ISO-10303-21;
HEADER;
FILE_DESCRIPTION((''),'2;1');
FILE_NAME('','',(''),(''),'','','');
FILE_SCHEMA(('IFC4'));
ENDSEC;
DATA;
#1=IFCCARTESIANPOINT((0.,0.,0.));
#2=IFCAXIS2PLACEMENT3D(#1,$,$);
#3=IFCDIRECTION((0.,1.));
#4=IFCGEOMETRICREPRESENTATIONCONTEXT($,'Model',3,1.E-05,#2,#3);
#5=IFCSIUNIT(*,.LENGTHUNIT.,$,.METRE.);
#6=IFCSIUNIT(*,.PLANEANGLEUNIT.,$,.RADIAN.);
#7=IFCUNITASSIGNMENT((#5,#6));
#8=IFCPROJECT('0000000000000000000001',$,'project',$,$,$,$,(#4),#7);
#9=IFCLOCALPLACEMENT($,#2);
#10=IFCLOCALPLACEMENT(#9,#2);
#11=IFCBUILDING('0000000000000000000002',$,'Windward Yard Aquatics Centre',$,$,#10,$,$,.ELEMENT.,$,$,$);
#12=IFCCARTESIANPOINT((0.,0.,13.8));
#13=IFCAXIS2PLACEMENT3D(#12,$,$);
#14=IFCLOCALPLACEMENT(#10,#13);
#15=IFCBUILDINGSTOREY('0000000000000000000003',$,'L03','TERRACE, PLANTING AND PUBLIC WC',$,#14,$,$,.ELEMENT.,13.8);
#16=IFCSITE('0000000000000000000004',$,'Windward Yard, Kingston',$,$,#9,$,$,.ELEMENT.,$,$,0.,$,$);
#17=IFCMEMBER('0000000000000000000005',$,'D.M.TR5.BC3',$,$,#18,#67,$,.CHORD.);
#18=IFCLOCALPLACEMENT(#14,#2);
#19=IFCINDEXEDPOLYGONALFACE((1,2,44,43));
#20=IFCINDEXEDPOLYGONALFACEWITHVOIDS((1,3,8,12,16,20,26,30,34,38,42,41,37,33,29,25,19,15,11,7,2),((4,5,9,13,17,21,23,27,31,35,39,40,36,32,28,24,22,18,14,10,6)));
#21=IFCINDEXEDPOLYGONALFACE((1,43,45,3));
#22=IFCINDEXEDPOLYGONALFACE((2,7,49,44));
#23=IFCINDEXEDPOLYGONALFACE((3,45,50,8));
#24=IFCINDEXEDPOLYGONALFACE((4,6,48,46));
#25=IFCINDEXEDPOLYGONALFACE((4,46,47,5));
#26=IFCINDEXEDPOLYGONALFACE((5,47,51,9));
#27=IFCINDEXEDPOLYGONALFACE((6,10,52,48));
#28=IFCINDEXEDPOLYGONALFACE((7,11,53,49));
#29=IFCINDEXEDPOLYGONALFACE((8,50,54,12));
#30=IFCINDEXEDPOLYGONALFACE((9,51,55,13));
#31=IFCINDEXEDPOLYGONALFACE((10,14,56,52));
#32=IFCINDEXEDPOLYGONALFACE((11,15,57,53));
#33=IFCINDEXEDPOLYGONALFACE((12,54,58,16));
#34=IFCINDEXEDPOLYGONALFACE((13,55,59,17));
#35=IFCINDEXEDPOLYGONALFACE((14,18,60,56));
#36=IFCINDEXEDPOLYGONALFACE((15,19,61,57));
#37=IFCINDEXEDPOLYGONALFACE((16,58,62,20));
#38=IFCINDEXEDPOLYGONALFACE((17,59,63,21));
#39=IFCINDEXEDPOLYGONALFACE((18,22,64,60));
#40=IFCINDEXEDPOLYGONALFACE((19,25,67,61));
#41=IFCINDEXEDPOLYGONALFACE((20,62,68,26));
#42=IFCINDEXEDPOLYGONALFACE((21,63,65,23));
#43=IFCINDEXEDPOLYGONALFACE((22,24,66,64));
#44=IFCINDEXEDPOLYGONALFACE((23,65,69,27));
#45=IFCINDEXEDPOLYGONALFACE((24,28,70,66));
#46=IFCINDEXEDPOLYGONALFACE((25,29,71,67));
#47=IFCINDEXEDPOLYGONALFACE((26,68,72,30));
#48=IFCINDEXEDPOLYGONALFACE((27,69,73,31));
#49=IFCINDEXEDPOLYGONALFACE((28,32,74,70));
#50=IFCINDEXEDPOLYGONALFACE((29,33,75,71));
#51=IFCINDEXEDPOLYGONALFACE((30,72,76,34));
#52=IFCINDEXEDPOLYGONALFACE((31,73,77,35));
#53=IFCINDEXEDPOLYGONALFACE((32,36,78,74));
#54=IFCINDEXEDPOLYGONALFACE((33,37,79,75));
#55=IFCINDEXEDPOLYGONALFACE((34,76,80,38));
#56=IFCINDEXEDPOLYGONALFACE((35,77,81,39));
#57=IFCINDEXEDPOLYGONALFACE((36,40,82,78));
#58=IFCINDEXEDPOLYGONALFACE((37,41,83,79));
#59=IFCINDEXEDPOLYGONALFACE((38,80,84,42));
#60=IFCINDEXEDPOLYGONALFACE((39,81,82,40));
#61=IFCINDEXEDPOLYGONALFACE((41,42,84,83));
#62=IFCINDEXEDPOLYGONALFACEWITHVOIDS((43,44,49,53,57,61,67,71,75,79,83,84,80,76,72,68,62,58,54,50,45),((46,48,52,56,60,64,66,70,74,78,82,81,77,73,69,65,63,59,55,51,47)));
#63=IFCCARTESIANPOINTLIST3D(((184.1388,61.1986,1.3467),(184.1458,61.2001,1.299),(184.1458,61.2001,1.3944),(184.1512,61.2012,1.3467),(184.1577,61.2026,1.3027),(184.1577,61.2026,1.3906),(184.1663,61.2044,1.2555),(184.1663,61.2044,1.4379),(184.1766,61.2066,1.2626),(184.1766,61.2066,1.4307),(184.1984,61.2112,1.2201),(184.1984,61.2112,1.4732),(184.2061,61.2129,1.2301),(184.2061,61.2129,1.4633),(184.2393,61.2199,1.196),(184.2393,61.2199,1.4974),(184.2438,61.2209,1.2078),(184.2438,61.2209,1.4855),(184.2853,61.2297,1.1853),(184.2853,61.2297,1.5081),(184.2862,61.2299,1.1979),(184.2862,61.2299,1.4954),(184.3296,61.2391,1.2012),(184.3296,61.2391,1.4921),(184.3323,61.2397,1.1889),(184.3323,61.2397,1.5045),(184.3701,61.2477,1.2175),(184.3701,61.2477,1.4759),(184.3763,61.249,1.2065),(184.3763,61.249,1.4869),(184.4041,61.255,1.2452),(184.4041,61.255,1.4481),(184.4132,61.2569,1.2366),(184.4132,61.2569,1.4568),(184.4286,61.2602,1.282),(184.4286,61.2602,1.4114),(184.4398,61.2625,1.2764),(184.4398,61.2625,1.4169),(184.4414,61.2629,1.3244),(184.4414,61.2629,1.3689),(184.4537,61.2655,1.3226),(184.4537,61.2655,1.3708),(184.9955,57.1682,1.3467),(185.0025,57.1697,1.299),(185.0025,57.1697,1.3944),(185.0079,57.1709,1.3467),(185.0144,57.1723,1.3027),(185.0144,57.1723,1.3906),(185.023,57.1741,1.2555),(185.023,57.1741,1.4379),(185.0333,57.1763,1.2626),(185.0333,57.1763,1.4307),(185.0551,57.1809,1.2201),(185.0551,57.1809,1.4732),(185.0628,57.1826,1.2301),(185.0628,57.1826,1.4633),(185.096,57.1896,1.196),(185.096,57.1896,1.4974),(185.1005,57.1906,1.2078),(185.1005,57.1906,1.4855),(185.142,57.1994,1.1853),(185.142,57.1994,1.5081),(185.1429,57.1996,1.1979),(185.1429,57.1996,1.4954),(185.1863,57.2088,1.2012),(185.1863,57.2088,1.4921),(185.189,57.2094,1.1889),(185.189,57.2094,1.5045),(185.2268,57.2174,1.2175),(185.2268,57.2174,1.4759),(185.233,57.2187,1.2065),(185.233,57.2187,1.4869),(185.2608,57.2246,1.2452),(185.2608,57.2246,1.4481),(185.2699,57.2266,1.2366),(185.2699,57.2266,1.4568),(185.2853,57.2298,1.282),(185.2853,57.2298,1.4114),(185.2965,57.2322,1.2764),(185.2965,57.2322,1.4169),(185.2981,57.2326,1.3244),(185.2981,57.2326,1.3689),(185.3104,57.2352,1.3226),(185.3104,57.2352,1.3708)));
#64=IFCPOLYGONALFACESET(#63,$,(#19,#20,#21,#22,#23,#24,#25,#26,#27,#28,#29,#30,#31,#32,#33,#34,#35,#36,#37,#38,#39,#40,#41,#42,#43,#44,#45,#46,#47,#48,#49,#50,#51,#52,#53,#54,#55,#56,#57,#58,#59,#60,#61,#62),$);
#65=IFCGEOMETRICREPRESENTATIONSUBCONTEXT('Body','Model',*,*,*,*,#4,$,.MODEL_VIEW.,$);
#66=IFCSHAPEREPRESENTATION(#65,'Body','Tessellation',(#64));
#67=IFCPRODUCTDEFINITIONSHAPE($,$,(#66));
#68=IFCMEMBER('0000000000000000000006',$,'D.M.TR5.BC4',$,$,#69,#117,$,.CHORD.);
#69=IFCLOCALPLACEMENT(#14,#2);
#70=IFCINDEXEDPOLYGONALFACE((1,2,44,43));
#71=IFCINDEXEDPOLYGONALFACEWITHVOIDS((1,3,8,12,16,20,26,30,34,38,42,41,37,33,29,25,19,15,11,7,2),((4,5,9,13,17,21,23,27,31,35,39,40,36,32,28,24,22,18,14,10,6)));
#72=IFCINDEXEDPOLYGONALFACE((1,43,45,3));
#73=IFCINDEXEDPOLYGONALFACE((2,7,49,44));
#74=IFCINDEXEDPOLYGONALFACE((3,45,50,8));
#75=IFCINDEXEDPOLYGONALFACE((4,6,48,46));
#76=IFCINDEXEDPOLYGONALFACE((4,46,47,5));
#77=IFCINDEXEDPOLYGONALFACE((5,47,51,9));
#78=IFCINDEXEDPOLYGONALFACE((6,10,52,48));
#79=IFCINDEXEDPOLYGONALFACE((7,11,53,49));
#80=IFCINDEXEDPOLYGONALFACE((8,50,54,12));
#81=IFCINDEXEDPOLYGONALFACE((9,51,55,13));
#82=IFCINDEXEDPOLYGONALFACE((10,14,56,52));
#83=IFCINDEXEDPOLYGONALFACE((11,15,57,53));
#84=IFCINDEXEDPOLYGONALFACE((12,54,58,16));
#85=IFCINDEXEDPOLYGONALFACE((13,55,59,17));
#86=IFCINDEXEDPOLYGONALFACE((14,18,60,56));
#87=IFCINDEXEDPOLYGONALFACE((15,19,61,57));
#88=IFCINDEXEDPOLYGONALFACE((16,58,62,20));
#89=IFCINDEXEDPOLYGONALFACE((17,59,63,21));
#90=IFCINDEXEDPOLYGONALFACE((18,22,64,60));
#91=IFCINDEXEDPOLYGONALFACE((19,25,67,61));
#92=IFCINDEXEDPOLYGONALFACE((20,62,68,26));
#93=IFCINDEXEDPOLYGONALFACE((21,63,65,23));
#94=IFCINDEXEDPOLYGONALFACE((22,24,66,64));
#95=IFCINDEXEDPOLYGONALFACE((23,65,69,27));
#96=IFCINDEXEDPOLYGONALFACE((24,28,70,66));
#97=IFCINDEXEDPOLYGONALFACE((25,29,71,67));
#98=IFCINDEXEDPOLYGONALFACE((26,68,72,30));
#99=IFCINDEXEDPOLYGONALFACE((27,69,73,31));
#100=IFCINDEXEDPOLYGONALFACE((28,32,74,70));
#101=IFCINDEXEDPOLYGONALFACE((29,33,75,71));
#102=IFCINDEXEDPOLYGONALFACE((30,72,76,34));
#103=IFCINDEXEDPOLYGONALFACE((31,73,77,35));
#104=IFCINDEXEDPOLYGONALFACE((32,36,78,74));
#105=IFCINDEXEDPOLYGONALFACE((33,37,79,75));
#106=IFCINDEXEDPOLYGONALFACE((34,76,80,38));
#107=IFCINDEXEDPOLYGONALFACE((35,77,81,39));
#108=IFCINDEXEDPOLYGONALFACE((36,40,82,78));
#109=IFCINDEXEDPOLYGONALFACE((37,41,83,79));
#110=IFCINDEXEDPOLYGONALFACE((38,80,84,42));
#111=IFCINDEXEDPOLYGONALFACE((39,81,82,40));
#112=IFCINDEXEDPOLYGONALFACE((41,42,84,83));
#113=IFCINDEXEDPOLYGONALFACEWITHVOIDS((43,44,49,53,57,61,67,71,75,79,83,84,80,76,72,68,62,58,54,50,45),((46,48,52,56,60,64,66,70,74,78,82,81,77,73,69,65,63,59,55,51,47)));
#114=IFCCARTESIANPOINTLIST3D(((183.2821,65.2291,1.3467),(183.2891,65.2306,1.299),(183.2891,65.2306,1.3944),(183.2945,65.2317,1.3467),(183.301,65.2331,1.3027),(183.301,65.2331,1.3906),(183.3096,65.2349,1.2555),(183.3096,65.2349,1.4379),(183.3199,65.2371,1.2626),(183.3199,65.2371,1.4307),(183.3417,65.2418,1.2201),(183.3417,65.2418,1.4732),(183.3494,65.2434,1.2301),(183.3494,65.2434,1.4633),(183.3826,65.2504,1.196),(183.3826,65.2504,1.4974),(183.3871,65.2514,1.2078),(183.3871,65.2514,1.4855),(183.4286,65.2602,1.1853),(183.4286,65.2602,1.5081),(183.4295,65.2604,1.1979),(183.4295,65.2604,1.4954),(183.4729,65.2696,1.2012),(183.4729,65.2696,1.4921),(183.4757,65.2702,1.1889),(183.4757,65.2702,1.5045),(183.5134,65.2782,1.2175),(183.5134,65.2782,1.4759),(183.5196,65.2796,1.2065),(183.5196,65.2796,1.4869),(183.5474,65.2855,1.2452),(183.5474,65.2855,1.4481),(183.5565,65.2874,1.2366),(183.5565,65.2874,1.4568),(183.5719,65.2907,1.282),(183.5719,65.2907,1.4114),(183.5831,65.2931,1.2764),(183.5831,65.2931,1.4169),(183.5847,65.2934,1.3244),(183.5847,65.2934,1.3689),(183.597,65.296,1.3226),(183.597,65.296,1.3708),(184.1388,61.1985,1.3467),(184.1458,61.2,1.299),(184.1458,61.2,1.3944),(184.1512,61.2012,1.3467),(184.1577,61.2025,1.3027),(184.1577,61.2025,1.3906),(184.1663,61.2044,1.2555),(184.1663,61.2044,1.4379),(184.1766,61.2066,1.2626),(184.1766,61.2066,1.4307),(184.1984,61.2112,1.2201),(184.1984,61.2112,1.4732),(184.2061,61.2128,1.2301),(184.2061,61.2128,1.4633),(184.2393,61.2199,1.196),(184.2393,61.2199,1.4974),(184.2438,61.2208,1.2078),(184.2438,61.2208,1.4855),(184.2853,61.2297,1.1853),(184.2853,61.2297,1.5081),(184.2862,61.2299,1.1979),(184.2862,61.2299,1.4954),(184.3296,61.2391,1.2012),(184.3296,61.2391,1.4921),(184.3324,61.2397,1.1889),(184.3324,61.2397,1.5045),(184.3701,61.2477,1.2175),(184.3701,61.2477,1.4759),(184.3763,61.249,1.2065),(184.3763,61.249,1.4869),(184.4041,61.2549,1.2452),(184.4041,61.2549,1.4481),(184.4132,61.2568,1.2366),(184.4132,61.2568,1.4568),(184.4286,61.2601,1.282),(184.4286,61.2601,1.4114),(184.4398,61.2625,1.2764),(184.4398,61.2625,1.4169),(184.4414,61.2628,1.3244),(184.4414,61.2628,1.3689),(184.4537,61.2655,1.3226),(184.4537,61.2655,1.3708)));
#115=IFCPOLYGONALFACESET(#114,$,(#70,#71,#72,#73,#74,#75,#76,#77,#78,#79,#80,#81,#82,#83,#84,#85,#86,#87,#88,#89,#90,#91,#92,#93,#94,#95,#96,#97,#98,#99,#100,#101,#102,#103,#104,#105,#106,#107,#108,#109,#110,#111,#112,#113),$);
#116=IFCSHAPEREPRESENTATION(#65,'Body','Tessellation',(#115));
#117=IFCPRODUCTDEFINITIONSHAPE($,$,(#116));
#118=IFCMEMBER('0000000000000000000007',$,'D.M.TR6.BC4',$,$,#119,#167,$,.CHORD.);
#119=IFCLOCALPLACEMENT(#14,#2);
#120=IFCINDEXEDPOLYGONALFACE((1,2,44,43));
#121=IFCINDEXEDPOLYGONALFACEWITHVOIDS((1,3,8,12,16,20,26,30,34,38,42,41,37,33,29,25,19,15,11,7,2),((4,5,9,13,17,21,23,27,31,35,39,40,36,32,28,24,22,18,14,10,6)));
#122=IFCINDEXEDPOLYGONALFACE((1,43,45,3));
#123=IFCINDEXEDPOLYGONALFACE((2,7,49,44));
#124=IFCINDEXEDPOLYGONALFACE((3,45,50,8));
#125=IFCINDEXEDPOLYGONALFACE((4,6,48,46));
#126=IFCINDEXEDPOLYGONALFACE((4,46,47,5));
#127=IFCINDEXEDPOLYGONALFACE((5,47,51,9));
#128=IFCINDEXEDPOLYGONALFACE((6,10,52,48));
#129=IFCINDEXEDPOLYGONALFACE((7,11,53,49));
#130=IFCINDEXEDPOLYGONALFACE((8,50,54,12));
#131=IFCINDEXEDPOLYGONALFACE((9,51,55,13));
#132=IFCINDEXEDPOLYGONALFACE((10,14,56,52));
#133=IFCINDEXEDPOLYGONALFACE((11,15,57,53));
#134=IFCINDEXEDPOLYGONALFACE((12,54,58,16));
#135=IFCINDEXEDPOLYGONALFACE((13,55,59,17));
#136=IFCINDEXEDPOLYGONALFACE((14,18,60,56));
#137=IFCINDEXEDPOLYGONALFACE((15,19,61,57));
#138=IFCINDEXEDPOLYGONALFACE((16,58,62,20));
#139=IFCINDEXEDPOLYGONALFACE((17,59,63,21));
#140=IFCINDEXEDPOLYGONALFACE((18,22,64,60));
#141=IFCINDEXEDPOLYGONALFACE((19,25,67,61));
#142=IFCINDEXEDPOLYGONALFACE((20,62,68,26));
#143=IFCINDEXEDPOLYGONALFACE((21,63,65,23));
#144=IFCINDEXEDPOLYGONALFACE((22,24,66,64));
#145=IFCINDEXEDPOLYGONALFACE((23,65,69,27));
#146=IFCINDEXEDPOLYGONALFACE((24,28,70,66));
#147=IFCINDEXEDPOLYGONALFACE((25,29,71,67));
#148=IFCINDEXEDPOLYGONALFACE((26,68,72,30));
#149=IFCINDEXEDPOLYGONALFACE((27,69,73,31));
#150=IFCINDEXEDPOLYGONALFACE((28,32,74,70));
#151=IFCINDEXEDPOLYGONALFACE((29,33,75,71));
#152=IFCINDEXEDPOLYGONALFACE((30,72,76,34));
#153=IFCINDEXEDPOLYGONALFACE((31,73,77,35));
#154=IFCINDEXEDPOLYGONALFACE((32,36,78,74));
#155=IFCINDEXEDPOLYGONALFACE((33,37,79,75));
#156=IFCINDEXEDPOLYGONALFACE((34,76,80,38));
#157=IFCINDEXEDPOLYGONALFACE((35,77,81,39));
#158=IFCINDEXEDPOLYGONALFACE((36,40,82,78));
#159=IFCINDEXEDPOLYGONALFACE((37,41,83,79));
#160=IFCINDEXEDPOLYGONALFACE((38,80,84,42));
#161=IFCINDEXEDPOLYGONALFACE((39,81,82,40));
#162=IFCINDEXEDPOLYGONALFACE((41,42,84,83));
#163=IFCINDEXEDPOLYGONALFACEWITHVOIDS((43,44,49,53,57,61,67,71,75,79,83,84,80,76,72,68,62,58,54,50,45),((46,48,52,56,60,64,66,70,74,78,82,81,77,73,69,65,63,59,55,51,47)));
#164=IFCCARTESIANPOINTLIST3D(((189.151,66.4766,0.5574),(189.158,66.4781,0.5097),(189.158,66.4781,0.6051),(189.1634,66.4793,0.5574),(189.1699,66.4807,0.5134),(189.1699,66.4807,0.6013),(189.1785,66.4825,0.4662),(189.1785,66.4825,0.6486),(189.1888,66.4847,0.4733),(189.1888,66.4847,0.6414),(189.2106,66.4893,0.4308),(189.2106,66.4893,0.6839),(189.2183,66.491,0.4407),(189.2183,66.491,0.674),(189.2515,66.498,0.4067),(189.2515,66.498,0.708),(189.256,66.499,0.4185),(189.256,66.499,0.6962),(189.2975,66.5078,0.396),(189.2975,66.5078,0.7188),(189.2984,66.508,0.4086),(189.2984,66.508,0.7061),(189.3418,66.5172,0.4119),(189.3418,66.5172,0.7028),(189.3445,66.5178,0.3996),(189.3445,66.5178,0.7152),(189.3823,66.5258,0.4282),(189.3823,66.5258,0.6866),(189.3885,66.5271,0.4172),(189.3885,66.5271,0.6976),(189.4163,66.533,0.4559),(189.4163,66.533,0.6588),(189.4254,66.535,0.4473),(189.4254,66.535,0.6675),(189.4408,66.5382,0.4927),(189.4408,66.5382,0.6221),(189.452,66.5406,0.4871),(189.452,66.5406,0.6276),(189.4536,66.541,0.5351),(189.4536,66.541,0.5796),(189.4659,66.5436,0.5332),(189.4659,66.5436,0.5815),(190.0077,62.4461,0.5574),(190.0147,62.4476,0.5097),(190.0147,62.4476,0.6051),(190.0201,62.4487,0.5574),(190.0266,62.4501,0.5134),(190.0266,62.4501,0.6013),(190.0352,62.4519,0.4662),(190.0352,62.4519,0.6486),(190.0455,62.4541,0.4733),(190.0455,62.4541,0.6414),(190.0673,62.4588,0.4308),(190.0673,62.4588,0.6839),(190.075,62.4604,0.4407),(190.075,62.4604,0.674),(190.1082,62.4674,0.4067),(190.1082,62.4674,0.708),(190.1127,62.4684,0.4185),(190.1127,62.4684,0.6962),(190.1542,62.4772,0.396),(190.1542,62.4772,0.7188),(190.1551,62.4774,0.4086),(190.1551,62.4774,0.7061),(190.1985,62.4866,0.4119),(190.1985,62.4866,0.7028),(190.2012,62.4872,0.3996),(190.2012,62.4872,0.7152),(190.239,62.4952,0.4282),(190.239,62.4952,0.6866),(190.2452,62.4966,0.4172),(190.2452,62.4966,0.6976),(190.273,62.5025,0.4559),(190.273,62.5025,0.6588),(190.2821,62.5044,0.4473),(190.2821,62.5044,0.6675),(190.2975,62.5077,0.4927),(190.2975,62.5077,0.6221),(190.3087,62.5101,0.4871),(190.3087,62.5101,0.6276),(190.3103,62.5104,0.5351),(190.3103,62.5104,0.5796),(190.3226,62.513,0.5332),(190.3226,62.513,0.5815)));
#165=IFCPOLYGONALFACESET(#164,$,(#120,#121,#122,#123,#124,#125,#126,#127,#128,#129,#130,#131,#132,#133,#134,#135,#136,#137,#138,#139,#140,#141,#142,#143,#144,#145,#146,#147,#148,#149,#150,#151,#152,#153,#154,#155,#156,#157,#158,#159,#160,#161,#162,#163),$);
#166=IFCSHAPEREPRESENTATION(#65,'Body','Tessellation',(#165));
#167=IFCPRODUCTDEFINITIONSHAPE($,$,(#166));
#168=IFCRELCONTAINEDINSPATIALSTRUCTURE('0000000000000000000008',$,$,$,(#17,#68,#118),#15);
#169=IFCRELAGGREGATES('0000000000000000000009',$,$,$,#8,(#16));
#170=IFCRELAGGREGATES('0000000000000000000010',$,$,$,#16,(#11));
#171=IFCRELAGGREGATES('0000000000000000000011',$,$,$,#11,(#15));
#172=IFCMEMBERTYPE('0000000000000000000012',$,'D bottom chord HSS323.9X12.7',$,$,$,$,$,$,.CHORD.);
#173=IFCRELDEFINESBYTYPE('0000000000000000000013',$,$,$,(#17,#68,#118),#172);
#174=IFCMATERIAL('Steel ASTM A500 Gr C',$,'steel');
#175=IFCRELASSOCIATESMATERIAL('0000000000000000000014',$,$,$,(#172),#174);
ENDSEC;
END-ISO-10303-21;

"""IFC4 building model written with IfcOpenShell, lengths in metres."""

from ifc_helpers import new_model, si_unit, direction, frame, origin, origin_2d, place, context, subcontext, project, spatial, hollow_circle, extrude, material, material_profile, profile_set, type_object, element, save


model = new_model("IFC4")

# Units and contexts
model_context = context("Model", 3, precision=1e-05, world=origin(), true_north=direction((0.0, 1.0)))
body_context = subcontext(model_context, "Body", "Model", "MODEL_VIEW")
ifc_project = project(units=[si_unit("LENGTHUNIT", "METRE"), si_unit("PLANEANGLEUNIT", "RADIAN")], contexts=[model_context])

# Site, building, storey
site_placement = place(None, origin())
site = spatial("IfcSite", under=ifc_project, at=site_placement, Name="Windward Yard, Kingston", CompositionType="ELEMENT", RefElevation=0.0)
building_placement = place(site_placement, origin())
building = spatial("IfcBuilding", under=site, at=building_placement, Name="Windward Yard Aquatics Centre", CompositionType="ELEMENT")
storey_placement = place(building_placement, frame((0.0, 0.0, 13.8)))
storey = spatial("IfcBuildingStorey", under=building, at=storey_placement, Name="L03", Description="TERRACE, PLANTING AND PUBLIC WC", CompositionType="ELEMENT", Elevation=13.8)

# Members
ifc_material_1 = material(Name="Steel ASTM A500 Gr C", Category="steel")
ifc_material_profile_1 = material_profile(ifc_material_1, hollow_circle(Radius=0.1619, WallThickness=0.0127, at=origin_2d()), Name="HSS323.9X12.7")
ifc_profile_set_1 = profile_set([ifc_material_profile_1], Name="Steel ASTM A500 Gr C")
member_type_1 = type_object("IfcMemberType", Name="D bottom chord HSS323.9X12.7", PredefinedType="CHORD", material=ifc_profile_set_1)
member_1_placement = place(storey_placement, frame((185.1538, 57.2019, 1.3467), z_axis=(-0.207918, 0.978146, 0.0), x_axis=(-0.978146, -0.207918, 0.0)))
element("IfcMember", 1, at=member_1_placement, inside=storey, type_object=member_type_1, Name="D.M.TR5.BC3", PredefinedType="CHORD", context=body_context, shape_type="SweptSolid", body=[
    extrude(hollow_circle(Radius=0.1619, WallThickness=0.0127, at=origin_2d()), origin(), (0.0, 0.0, 1.0), 4.1204),
])
for number, where, z_axis, x_axis, name in (
    (2, (184.2971, 61.2322, 1.3467), (-0.207906, 0.978149, 0.0), (-0.978149, -0.207906, 0.0), "D.M.TR5.BC4"),
    (3, (190.166, 62.4797, 0.5574), (-0.207906, 0.978149, 0.0), (-0.978149, -0.207906, 0.0), "D.M.TR6.BC4"),
):
    element("IfcMember", number, at=place(storey_placement, frame(where, z_axis=z_axis, x_axis=x_axis)), inside=storey, type_object=member_type_1, Name=name, PredefinedType="CHORD", context=body_context, shape_type="SweptSolid", body=[
        extrude(hollow_circle(Radius=0.1619, WallThickness=0.0127, at=origin_2d()), origin(), (0.0, 0.0, 1.0), 4.1206),
    ])

save(model, "model.ifc")
